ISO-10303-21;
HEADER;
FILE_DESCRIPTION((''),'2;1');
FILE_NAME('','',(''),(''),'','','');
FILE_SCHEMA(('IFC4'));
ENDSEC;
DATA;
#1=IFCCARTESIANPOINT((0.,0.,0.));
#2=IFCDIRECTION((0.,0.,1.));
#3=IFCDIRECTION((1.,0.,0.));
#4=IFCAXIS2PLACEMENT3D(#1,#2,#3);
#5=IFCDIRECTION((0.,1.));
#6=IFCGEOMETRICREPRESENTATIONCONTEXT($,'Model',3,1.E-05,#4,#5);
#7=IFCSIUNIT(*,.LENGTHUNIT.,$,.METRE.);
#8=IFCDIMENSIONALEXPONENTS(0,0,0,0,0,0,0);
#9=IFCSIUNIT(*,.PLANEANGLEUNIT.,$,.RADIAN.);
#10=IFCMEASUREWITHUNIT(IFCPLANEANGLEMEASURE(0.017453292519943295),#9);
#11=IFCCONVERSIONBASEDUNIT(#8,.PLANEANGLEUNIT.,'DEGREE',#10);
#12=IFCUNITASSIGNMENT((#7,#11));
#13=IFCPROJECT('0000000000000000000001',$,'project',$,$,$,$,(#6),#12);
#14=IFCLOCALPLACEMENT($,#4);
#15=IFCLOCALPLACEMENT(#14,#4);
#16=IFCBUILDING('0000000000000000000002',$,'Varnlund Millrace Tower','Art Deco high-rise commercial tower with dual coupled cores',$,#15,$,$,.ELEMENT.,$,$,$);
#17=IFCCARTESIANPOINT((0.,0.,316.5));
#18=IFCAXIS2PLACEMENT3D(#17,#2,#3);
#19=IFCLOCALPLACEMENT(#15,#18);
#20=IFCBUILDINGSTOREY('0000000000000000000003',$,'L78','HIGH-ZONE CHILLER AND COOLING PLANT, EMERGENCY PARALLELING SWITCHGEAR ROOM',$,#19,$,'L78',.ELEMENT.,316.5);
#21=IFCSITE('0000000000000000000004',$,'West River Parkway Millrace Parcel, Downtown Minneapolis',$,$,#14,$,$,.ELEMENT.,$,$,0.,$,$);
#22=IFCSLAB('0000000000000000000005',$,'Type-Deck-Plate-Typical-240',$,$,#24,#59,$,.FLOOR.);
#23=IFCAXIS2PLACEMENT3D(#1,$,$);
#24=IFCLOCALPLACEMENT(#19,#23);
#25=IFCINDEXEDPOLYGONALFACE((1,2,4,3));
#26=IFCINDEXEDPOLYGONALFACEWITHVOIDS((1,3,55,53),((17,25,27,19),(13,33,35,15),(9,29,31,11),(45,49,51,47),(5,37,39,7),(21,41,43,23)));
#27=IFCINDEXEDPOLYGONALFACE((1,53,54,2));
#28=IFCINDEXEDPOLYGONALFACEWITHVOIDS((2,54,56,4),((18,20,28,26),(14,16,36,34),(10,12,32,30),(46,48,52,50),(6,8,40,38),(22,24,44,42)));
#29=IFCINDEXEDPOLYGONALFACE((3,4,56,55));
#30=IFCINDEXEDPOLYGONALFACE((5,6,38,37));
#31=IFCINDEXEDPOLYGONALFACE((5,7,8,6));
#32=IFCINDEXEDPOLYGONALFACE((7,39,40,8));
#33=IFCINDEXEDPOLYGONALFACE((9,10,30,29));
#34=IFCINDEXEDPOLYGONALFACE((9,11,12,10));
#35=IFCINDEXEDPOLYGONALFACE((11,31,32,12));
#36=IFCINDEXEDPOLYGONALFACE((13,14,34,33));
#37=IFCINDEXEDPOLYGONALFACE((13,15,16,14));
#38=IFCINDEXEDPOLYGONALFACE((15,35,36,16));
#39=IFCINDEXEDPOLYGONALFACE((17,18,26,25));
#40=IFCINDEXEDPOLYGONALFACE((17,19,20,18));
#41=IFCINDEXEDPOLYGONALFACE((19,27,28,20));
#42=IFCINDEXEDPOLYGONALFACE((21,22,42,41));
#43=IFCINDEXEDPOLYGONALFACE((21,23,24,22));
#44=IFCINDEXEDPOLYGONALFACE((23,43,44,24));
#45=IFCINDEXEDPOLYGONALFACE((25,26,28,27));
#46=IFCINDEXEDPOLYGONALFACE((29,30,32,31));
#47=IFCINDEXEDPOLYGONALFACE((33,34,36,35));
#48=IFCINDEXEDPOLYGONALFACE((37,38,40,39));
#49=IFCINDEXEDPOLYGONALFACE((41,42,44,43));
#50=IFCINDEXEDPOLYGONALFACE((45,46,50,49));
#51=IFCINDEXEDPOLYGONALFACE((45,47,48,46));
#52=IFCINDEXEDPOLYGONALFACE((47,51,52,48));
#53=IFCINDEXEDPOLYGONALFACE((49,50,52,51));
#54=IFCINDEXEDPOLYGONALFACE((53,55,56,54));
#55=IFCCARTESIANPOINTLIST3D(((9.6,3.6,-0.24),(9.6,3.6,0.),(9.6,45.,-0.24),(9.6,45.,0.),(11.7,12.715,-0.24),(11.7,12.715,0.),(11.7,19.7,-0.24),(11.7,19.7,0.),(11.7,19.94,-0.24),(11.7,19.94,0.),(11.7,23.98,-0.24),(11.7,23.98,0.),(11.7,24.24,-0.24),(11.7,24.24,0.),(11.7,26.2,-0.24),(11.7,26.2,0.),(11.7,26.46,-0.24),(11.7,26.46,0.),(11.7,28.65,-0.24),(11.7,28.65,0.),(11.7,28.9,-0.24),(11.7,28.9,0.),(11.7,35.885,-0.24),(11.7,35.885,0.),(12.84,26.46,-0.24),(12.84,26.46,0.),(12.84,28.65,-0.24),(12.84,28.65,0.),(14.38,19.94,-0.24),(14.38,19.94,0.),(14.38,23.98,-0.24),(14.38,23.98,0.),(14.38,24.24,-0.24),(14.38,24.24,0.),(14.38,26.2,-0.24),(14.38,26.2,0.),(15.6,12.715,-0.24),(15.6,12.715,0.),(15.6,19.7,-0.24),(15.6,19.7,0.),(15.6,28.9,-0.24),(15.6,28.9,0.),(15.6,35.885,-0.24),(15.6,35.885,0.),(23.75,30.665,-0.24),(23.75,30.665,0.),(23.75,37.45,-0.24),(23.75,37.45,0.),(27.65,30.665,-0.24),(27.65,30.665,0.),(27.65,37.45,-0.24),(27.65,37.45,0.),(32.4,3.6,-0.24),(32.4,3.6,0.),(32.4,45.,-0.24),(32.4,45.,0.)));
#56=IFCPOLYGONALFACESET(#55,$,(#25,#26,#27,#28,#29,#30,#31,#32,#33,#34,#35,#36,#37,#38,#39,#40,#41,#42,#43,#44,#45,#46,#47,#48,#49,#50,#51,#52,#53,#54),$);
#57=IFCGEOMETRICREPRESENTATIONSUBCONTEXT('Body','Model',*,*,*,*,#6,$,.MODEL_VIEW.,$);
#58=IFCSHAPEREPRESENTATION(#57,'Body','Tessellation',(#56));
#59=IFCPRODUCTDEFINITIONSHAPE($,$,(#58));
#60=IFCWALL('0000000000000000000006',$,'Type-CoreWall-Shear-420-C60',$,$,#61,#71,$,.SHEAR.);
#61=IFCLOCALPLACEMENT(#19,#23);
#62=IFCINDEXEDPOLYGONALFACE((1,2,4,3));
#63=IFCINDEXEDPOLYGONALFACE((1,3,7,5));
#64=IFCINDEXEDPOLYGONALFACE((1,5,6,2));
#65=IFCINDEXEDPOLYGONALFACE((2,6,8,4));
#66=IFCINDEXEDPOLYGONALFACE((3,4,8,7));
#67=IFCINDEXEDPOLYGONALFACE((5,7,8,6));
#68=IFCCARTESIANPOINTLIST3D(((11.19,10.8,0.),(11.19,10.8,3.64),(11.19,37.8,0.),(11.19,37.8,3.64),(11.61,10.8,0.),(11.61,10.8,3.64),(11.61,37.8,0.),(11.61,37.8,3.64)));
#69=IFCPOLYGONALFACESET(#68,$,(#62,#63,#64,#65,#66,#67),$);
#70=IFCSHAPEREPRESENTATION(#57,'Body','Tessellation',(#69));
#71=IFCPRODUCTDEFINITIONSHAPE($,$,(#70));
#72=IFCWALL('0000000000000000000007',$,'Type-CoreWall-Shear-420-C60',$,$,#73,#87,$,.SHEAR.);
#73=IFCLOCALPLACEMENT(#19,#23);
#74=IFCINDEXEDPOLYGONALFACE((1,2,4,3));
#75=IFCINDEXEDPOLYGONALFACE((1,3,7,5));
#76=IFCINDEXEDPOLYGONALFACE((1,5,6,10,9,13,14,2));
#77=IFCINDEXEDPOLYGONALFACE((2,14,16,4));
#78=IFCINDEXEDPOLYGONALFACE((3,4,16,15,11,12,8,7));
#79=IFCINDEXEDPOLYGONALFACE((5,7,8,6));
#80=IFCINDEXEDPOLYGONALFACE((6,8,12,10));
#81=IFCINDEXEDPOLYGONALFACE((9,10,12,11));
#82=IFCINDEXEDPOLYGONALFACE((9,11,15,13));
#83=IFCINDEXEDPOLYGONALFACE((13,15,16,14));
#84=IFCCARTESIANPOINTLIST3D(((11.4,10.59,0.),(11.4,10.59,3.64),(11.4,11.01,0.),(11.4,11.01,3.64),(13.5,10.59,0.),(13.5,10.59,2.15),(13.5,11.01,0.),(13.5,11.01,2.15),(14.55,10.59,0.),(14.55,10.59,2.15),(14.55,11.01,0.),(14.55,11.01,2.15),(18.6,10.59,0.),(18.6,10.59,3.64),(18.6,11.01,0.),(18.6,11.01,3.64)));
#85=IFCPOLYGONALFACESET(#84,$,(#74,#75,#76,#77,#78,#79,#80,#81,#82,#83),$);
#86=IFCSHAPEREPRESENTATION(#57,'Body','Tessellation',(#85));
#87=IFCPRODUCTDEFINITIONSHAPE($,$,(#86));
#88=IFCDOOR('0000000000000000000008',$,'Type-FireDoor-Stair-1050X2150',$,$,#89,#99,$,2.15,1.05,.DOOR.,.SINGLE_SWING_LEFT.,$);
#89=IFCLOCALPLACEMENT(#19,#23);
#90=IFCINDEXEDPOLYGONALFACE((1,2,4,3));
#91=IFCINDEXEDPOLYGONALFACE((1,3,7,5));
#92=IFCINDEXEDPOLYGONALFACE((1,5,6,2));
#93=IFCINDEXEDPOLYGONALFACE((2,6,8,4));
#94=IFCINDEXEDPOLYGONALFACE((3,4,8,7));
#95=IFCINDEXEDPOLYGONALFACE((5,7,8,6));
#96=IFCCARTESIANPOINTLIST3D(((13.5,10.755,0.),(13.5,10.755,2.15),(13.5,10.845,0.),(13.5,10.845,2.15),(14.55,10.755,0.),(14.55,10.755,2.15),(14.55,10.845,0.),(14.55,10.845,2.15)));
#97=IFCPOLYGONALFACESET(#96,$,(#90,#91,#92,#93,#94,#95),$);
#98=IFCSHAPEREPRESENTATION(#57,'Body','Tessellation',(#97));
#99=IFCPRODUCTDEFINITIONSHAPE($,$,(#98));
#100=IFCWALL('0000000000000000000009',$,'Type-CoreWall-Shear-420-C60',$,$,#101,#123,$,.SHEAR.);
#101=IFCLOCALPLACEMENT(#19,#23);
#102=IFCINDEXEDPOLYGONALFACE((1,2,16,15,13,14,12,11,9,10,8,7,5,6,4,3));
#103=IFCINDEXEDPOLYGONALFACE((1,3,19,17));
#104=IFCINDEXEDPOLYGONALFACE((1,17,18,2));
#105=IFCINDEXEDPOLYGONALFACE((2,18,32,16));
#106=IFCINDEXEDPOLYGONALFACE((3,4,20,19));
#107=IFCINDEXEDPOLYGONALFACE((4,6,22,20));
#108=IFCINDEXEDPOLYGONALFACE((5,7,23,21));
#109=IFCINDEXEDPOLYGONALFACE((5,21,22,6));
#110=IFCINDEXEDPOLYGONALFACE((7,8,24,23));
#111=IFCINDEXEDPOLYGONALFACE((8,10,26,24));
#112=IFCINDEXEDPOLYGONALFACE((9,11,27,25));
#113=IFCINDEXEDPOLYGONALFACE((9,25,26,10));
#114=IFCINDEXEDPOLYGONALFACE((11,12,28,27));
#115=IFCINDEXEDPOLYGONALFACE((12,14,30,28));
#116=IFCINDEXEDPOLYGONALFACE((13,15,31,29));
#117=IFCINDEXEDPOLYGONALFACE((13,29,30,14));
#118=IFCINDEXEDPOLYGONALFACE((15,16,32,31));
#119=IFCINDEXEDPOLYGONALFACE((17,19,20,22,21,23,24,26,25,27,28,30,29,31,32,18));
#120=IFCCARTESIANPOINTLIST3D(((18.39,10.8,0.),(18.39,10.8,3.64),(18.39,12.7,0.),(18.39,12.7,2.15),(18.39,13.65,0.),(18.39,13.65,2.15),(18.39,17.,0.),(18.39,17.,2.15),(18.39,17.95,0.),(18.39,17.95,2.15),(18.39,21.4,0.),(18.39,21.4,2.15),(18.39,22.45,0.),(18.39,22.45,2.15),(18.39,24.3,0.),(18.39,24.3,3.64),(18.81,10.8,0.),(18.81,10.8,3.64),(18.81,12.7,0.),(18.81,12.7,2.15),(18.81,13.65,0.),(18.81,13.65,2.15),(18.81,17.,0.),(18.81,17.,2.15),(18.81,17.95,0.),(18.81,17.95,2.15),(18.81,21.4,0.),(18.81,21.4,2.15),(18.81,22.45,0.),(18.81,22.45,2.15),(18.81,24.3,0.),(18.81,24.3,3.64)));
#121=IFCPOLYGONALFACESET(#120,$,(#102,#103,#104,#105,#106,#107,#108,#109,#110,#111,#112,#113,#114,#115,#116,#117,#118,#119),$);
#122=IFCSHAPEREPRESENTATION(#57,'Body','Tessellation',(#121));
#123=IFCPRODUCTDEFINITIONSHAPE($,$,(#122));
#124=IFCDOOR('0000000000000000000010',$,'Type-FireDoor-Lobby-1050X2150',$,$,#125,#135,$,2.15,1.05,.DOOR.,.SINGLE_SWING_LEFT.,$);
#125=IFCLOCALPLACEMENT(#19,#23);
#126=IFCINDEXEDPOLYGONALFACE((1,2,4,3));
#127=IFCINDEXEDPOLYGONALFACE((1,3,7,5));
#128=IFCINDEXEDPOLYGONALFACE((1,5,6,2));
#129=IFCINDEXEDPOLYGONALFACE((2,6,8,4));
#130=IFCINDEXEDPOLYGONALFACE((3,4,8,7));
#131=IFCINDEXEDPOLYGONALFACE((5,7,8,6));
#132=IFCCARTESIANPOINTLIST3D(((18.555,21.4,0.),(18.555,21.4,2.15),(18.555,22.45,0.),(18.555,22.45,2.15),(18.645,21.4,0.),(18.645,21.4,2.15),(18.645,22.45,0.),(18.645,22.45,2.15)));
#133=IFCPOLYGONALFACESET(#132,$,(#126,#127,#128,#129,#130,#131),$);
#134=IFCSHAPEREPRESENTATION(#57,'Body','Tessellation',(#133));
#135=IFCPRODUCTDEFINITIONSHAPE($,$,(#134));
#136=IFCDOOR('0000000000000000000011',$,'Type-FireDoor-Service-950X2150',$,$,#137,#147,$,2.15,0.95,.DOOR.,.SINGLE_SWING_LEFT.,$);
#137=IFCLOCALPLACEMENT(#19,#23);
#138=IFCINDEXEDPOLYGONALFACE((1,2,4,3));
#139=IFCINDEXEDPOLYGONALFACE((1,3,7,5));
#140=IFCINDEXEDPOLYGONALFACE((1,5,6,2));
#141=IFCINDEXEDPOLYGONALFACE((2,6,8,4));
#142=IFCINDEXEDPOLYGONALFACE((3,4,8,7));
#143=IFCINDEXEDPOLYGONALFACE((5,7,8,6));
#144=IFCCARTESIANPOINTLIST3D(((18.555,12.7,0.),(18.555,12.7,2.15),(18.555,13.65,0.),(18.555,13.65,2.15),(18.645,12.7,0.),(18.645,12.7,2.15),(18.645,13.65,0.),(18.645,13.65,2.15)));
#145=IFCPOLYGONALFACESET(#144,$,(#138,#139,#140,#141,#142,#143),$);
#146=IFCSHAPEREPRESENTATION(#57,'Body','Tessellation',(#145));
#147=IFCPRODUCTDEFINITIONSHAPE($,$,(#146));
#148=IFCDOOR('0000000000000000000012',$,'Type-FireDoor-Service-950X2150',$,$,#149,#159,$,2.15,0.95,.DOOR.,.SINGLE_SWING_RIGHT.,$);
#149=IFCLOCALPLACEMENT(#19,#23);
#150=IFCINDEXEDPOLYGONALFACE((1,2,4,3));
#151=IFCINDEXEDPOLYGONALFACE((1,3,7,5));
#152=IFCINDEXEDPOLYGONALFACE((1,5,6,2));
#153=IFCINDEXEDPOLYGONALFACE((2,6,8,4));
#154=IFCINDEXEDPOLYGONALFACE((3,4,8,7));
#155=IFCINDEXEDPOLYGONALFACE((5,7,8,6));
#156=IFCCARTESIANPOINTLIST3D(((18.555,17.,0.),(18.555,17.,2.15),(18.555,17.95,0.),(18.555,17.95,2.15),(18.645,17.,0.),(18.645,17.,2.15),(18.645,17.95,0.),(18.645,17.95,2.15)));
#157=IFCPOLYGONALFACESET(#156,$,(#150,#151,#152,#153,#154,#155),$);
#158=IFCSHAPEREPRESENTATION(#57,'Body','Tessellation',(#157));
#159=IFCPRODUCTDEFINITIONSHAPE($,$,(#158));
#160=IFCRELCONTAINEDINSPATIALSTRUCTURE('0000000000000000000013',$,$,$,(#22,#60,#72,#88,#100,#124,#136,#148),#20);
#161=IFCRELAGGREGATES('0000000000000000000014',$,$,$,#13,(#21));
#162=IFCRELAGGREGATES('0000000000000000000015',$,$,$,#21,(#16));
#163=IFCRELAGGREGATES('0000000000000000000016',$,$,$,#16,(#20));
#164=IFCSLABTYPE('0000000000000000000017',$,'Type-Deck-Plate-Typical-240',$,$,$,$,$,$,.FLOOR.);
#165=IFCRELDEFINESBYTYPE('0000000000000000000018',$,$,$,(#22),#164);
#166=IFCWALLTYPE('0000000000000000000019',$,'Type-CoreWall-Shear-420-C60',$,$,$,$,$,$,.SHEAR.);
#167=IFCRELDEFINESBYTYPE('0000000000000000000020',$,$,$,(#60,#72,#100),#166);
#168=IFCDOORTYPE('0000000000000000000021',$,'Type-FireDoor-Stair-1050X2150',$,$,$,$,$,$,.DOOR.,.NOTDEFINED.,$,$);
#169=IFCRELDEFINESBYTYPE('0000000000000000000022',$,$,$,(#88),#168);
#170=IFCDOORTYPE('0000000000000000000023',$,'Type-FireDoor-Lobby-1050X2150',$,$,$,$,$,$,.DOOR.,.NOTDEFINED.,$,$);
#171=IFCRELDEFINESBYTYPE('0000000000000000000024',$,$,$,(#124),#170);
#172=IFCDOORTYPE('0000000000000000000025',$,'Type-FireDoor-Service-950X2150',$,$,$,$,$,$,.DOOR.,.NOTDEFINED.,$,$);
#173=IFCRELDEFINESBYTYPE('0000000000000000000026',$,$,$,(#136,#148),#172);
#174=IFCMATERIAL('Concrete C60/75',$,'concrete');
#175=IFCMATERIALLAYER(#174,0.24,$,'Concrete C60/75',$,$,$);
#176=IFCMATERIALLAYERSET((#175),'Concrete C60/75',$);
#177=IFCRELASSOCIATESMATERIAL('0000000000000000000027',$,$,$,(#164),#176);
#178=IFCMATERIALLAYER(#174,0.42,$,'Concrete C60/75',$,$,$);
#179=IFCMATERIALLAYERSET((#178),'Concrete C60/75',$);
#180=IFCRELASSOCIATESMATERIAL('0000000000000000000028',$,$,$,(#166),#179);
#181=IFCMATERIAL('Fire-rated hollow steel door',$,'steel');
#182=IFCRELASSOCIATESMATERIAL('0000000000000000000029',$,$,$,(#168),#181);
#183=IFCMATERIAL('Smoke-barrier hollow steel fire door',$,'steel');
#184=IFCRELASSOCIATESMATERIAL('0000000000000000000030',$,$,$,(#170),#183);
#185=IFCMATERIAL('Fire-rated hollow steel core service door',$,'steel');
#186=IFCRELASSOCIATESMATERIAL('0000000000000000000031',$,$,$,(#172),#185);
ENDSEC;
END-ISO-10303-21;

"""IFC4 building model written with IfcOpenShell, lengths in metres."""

from ifc_helpers import new_model, entity, si_unit, converted_unit, direction, frame, origin_with_axes, origin_2d_with_axis, place, context, subcontext, project, spatial, polyline, rectangle, outline, extrude, material, layer, layer_set, type_object, element, fill, save


model = new_model("IFC4")

# Units and contexts
model_context = context("Model", 3, precision=1e-05, world=origin_with_axes(), true_north=direction((0.0, 1.0)))
body_context = subcontext(model_context, "Body", "Model", "MODEL_VIEW")
ifc_project = project(units=[si_unit("LENGTHUNIT", "METRE"), converted_unit("PLANEANGLEUNIT", "DEGREE", entity("IfcPlaneAngleMeasure", 0.017453292519943295), si_unit("PLANEANGLEUNIT", "RADIAN"), dimensions=[0, 0, 0, 0, 0, 0, 0])], contexts=[model_context])

# Site, building, storey
site_placement = place(None, origin_with_axes())
site = spatial("IfcSite", under=ifc_project, at=site_placement, Name="West River Parkway Millrace Parcel, Downtown Minneapolis", CompositionType="ELEMENT", RefElevation=0.0)
building_placement = place(site_placement, origin_with_axes())
building = spatial("IfcBuilding", under=site, at=building_placement, Name="Varnlund Millrace Tower", Description="Art Deco high-rise commercial tower with dual coupled cores", CompositionType="ELEMENT")
storey_placement = place(building_placement, frame((0.0, 0.0, 316.5), z_axis=(0.0, 0.0, 1.0), x_axis=(1.0, 0.0, 0.0)))
storey = spatial("IfcBuildingStorey", under=building, at=storey_placement, Name="L78", Description="HIGH-ZONE CHILLER AND COOLING PLANT, EMERGENCY PARALLELING SWITCHGEAR ROOM", LongName="L78", CompositionType="ELEMENT", Elevation=316.5)

# Slab
ifc_material_1 = material(Name="Concrete C60/75", Category="concrete")
ifc_layer_1 = layer(ifc_material_1, 0.24, Name="Concrete C60/75")
ifc_layer_set_1 = layer_set([ifc_layer_1], Name="Concrete C60/75")
slab_type = type_object("IfcSlabType", Name="Type-Deck-Plate-Typical-240", PredefinedType="FLOOR", material=ifc_layer_set_1)
slab_placement = place(storey_placement, frame((0.0, 0.0, -0.24), z_axis=(0.0, 0.0, 1.0), x_axis=(1.0, 0.0, 0.0)))
element("IfcSlab", 1, at=slab_placement, inside=storey, type_object=slab_type, Name="Type-Deck-Plate-Typical-240", PredefinedType="FLOOR", context=body_context, shape_type="SweptSolid", body=[
    extrude(outline(polyline([(32.4, 3.6), (32.4, 45.0), (9.6, 45.0), (9.6, 3.6), (32.4, 3.6)]), holes=[polyline([(11.7, 19.7), (15.6, 19.7), (15.6, 12.715), (11.7, 12.715), (11.7, 19.7)]), polyline([(11.7, 19.94), (11.7, 23.98), (14.38, 23.98), (14.38, 19.94), (11.7, 19.94)]), polyline([(14.38, 26.2), (14.38, 24.24), (11.7, 24.24), (11.7, 26.2), (14.38, 26.2)]), polyline([(12.84, 28.65), (12.84, 26.46), (11.7, 26.46), (11.7, 28.65), (12.84, 28.65)]), polyline([(15.6, 35.885), (15.6, 28.9), (11.7, 28.9), (11.7, 35.885), (15.6, 35.885)]), polyline([(27.65, 37.45), (27.65, 30.665), (23.75, 30.665), (23.75, 37.45), (27.65, 37.45)])]), origin_with_axes(), (0.0, 0.0, 1.0), 0.24),
])

# Wall
ifc_layer_2 = layer(ifc_material_1, 0.42, Name="Concrete C60/75")
ifc_layer_set_2 = layer_set([ifc_layer_2], Name="Concrete C60/75")
wall_type_1 = type_object("IfcWallType", Name="Type-CoreWall-Shear-420-C60", PredefinedType="SHEAR", material=ifc_layer_set_2)
wall_1_placement = place(storey_placement, frame((11.4, 10.8, 0.0), z_axis=(0.0, 0.0, 1.0), x_axis=(0.0, 1.0, 0.0)))
element("IfcWall", 2, at=wall_1_placement, inside=storey, type_object=wall_type_1, Name="Type-CoreWall-Shear-420-C60", PredefinedType="SHEAR", context=body_context, shape_type="SweptSolid", body=[
    extrude(outline(polyline([(0.0, -0.21), (27.0, -0.21), (27.0, 0.21), (0.0, 0.21), (0.0, -0.21)])), origin_with_axes(), (0.0, 0.0, 1.0), 3.64),
])

# Wall, opening, door
wall_2_placement = place(storey_placement, frame((11.4, 10.8, 0.0), z_axis=(0.0, 0.0, 1.0), x_axis=(1.0, 0.0, 0.0)))
wall_2 = element("IfcWall", 3, at=wall_2_placement, inside=storey, type_object=wall_type_1, Name="Type-CoreWall-Shear-420-C60", PredefinedType="SHEAR", context=body_context, shape_type="SweptSolid", body=[
    extrude(outline(polyline([(0.0, -0.21), (7.2, -0.21), (7.2, 0.21), (0.0, 0.21), (0.0, -0.21)])), origin_with_axes(), (0.0, 0.0, 1.0), 3.64),
])
opening_1_placement = place(wall_2_placement, frame((2.625, 0.0, 0.0), z_axis=(0.0, 0.0, 1.0), x_axis=(1.0, 0.0, 0.0)))
opening_1 = element("IfcOpeningElement", 4, at=opening_1_placement, cuts=wall_2, PredefinedType="OPENING", context=body_context, shape_type="SweptSolid", body=[
    extrude(rectangle(XDim=1.05, YDim=0.44, at=origin_2d_with_axis()), origin_with_axes(), (0.0, 0.0, 1.0), 2.15),
])
ifc_material_2 = material(Name="Fire-rated hollow steel door", Category="steel")
door_type_1 = type_object("IfcDoorType", Name="Type-FireDoor-Stair-1050X2150", OperationType="NOTDEFINED", PredefinedType="DOOR", material=ifc_material_2)
door_1_placement = place(wall_2_placement, frame((2.625, 0.0, 0.0), z_axis=(0.0, 0.0, 1.0), x_axis=(1.0, 0.0, 0.0)))
door_1 = element("IfcDoor", 5, at=door_1_placement, inside=storey, type_object=door_type_1, Name="Type-FireDoor-Stair-1050X2150", OperationType="SINGLE_SWING_LEFT", OverallHeight=2.15, OverallWidth=1.05, PredefinedType="DOOR", context=body_context, shape_type="SweptSolid", body=[
    extrude(rectangle(XDim=1.05, YDim=0.09, at=origin_2d_with_axis()), origin_with_axes(), (0.0, 0.0, 1.0), 2.15),
])
fill(opening_1, door_1)

# Wall, openings, doors
wall_3_placement = place(storey_placement, frame((18.6, 10.8, 0.0), z_axis=(0.0, 0.0, 1.0), x_axis=(0.0, 1.0, 0.0)))
wall_3 = element("IfcWall", 6, at=wall_3_placement, inside=storey, type_object=wall_type_1, Name="Type-CoreWall-Shear-420-C60", PredefinedType="SHEAR", context=body_context, shape_type="SweptSolid", body=[
    extrude(outline(polyline([(0.0, -0.21), (13.5, -0.21), (13.5, 0.21), (0.0, 0.21), (0.0, -0.21)])), origin_with_axes(), (0.0, 0.0, 1.0), 3.64),
])
opening_2_placement = place(wall_3_placement, frame((11.125, 0.0, 0.0), z_axis=(0.0, 0.0, 1.0), x_axis=(1.0, 0.0, 0.0)))
opening_2 = element("IfcOpeningElement", 7, at=opening_2_placement, cuts=wall_3, PredefinedType="OPENING", context=body_context, shape_type="SweptSolid", body=[
    extrude(rectangle(XDim=1.05, YDim=0.44, at=origin_2d_with_axis()), origin_with_axes(), (0.0, 0.0, 1.0), 2.15),
])
opening_3_placement = place(wall_3_placement, frame((2.375, 0.0, 0.0), z_axis=(0.0, 0.0, 1.0), x_axis=(1.0, 0.0, 0.0)))
opening_3 = element("IfcOpeningElement", 8, at=opening_3_placement, cuts=wall_3, PredefinedType="OPENING", context=body_context, shape_type="SweptSolid", body=[
    extrude(rectangle(XDim=0.95, YDim=0.44, at=origin_2d_with_axis()), origin_with_axes(), (0.0, 0.0, 1.0), 2.15),
])
opening_4_placement = place(wall_3_placement, frame((6.675, 0.0, 0.0), z_axis=(0.0, 0.0, 1.0), x_axis=(1.0, 0.0, 0.0)))
opening_4 = element("IfcOpeningElement", 9, at=opening_4_placement, cuts=wall_3, PredefinedType="OPENING", context=body_context, shape_type="SweptSolid", body=[
    extrude(rectangle(XDim=0.95, YDim=0.44, at=origin_2d_with_axis()), origin_with_axes(), (0.0, 0.0, 1.0), 2.15),
])
ifc_material_3 = material(Name="Smoke-barrier hollow steel fire door", Category="steel")
door_type_2 = type_object("IfcDoorType", Name="Type-FireDoor-Lobby-1050X2150", OperationType="NOTDEFINED", PredefinedType="DOOR", material=ifc_material_3)
door_2_placement = place(wall_3_placement, frame((11.125, 0.0, 0.0), z_axis=(0.0, 0.0, 1.0), x_axis=(1.0, 0.0, 0.0)))
door_2 = element("IfcDoor", 10, at=door_2_placement, inside=storey, type_object=door_type_2, Name="Type-FireDoor-Lobby-1050X2150", OperationType="SINGLE_SWING_LEFT", OverallHeight=2.15, OverallWidth=1.05, PredefinedType="DOOR", context=body_context, shape_type="SweptSolid", body=[
    extrude(rectangle(XDim=1.05, YDim=0.09, at=origin_2d_with_axis()), origin_with_axes(), (0.0, 0.0, 1.0), 2.15),
])
fill(opening_2, door_2)
ifc_material_4 = material(Name="Fire-rated hollow steel core service door", Category="steel")
door_type_3 = type_object("IfcDoorType", Name="Type-FireDoor-Service-950X2150", OperationType="NOTDEFINED", PredefinedType="DOOR", material=ifc_material_4)
door_3_placement = place(wall_3_placement, frame((2.375, 0.0, 0.0), z_axis=(0.0, 0.0, 1.0), x_axis=(1.0, 0.0, 0.0)))
door_3 = element("IfcDoor", 11, at=door_3_placement, inside=storey, type_object=door_type_3, Name="Type-FireDoor-Service-950X2150", OperationType="SINGLE_SWING_LEFT", OverallHeight=2.15, OverallWidth=0.95, PredefinedType="DOOR", context=body_context, shape_type="SweptSolid", body=[
    extrude(rectangle(XDim=0.95, YDim=0.09, at=origin_2d_with_axis()), origin_with_axes(), (0.0, 0.0, 1.0), 2.15),
])
fill(opening_3, door_3)
door_4_placement = place(wall_3_placement, frame((6.675, 0.0, 0.0), z_axis=(0.0, 0.0, 1.0), x_axis=(1.0, 0.0, 0.0)))
door_4 = element("IfcDoor", 12, at=door_4_placement, inside=storey, type_object=door_type_3, Name="Type-FireDoor-Service-950X2150", OperationType="SINGLE_SWING_RIGHT", OverallHeight=2.15, OverallWidth=0.95, PredefinedType="DOOR", context=body_context, shape_type="SweptSolid", body=[
    extrude(rectangle(XDim=0.95, YDim=0.09, at=origin_2d_with_axis()), origin_with_axes(), (0.0, 0.0, 1.0), 2.15),
])
fill(opening_4, door_4)

save(model, "model.ifc")
